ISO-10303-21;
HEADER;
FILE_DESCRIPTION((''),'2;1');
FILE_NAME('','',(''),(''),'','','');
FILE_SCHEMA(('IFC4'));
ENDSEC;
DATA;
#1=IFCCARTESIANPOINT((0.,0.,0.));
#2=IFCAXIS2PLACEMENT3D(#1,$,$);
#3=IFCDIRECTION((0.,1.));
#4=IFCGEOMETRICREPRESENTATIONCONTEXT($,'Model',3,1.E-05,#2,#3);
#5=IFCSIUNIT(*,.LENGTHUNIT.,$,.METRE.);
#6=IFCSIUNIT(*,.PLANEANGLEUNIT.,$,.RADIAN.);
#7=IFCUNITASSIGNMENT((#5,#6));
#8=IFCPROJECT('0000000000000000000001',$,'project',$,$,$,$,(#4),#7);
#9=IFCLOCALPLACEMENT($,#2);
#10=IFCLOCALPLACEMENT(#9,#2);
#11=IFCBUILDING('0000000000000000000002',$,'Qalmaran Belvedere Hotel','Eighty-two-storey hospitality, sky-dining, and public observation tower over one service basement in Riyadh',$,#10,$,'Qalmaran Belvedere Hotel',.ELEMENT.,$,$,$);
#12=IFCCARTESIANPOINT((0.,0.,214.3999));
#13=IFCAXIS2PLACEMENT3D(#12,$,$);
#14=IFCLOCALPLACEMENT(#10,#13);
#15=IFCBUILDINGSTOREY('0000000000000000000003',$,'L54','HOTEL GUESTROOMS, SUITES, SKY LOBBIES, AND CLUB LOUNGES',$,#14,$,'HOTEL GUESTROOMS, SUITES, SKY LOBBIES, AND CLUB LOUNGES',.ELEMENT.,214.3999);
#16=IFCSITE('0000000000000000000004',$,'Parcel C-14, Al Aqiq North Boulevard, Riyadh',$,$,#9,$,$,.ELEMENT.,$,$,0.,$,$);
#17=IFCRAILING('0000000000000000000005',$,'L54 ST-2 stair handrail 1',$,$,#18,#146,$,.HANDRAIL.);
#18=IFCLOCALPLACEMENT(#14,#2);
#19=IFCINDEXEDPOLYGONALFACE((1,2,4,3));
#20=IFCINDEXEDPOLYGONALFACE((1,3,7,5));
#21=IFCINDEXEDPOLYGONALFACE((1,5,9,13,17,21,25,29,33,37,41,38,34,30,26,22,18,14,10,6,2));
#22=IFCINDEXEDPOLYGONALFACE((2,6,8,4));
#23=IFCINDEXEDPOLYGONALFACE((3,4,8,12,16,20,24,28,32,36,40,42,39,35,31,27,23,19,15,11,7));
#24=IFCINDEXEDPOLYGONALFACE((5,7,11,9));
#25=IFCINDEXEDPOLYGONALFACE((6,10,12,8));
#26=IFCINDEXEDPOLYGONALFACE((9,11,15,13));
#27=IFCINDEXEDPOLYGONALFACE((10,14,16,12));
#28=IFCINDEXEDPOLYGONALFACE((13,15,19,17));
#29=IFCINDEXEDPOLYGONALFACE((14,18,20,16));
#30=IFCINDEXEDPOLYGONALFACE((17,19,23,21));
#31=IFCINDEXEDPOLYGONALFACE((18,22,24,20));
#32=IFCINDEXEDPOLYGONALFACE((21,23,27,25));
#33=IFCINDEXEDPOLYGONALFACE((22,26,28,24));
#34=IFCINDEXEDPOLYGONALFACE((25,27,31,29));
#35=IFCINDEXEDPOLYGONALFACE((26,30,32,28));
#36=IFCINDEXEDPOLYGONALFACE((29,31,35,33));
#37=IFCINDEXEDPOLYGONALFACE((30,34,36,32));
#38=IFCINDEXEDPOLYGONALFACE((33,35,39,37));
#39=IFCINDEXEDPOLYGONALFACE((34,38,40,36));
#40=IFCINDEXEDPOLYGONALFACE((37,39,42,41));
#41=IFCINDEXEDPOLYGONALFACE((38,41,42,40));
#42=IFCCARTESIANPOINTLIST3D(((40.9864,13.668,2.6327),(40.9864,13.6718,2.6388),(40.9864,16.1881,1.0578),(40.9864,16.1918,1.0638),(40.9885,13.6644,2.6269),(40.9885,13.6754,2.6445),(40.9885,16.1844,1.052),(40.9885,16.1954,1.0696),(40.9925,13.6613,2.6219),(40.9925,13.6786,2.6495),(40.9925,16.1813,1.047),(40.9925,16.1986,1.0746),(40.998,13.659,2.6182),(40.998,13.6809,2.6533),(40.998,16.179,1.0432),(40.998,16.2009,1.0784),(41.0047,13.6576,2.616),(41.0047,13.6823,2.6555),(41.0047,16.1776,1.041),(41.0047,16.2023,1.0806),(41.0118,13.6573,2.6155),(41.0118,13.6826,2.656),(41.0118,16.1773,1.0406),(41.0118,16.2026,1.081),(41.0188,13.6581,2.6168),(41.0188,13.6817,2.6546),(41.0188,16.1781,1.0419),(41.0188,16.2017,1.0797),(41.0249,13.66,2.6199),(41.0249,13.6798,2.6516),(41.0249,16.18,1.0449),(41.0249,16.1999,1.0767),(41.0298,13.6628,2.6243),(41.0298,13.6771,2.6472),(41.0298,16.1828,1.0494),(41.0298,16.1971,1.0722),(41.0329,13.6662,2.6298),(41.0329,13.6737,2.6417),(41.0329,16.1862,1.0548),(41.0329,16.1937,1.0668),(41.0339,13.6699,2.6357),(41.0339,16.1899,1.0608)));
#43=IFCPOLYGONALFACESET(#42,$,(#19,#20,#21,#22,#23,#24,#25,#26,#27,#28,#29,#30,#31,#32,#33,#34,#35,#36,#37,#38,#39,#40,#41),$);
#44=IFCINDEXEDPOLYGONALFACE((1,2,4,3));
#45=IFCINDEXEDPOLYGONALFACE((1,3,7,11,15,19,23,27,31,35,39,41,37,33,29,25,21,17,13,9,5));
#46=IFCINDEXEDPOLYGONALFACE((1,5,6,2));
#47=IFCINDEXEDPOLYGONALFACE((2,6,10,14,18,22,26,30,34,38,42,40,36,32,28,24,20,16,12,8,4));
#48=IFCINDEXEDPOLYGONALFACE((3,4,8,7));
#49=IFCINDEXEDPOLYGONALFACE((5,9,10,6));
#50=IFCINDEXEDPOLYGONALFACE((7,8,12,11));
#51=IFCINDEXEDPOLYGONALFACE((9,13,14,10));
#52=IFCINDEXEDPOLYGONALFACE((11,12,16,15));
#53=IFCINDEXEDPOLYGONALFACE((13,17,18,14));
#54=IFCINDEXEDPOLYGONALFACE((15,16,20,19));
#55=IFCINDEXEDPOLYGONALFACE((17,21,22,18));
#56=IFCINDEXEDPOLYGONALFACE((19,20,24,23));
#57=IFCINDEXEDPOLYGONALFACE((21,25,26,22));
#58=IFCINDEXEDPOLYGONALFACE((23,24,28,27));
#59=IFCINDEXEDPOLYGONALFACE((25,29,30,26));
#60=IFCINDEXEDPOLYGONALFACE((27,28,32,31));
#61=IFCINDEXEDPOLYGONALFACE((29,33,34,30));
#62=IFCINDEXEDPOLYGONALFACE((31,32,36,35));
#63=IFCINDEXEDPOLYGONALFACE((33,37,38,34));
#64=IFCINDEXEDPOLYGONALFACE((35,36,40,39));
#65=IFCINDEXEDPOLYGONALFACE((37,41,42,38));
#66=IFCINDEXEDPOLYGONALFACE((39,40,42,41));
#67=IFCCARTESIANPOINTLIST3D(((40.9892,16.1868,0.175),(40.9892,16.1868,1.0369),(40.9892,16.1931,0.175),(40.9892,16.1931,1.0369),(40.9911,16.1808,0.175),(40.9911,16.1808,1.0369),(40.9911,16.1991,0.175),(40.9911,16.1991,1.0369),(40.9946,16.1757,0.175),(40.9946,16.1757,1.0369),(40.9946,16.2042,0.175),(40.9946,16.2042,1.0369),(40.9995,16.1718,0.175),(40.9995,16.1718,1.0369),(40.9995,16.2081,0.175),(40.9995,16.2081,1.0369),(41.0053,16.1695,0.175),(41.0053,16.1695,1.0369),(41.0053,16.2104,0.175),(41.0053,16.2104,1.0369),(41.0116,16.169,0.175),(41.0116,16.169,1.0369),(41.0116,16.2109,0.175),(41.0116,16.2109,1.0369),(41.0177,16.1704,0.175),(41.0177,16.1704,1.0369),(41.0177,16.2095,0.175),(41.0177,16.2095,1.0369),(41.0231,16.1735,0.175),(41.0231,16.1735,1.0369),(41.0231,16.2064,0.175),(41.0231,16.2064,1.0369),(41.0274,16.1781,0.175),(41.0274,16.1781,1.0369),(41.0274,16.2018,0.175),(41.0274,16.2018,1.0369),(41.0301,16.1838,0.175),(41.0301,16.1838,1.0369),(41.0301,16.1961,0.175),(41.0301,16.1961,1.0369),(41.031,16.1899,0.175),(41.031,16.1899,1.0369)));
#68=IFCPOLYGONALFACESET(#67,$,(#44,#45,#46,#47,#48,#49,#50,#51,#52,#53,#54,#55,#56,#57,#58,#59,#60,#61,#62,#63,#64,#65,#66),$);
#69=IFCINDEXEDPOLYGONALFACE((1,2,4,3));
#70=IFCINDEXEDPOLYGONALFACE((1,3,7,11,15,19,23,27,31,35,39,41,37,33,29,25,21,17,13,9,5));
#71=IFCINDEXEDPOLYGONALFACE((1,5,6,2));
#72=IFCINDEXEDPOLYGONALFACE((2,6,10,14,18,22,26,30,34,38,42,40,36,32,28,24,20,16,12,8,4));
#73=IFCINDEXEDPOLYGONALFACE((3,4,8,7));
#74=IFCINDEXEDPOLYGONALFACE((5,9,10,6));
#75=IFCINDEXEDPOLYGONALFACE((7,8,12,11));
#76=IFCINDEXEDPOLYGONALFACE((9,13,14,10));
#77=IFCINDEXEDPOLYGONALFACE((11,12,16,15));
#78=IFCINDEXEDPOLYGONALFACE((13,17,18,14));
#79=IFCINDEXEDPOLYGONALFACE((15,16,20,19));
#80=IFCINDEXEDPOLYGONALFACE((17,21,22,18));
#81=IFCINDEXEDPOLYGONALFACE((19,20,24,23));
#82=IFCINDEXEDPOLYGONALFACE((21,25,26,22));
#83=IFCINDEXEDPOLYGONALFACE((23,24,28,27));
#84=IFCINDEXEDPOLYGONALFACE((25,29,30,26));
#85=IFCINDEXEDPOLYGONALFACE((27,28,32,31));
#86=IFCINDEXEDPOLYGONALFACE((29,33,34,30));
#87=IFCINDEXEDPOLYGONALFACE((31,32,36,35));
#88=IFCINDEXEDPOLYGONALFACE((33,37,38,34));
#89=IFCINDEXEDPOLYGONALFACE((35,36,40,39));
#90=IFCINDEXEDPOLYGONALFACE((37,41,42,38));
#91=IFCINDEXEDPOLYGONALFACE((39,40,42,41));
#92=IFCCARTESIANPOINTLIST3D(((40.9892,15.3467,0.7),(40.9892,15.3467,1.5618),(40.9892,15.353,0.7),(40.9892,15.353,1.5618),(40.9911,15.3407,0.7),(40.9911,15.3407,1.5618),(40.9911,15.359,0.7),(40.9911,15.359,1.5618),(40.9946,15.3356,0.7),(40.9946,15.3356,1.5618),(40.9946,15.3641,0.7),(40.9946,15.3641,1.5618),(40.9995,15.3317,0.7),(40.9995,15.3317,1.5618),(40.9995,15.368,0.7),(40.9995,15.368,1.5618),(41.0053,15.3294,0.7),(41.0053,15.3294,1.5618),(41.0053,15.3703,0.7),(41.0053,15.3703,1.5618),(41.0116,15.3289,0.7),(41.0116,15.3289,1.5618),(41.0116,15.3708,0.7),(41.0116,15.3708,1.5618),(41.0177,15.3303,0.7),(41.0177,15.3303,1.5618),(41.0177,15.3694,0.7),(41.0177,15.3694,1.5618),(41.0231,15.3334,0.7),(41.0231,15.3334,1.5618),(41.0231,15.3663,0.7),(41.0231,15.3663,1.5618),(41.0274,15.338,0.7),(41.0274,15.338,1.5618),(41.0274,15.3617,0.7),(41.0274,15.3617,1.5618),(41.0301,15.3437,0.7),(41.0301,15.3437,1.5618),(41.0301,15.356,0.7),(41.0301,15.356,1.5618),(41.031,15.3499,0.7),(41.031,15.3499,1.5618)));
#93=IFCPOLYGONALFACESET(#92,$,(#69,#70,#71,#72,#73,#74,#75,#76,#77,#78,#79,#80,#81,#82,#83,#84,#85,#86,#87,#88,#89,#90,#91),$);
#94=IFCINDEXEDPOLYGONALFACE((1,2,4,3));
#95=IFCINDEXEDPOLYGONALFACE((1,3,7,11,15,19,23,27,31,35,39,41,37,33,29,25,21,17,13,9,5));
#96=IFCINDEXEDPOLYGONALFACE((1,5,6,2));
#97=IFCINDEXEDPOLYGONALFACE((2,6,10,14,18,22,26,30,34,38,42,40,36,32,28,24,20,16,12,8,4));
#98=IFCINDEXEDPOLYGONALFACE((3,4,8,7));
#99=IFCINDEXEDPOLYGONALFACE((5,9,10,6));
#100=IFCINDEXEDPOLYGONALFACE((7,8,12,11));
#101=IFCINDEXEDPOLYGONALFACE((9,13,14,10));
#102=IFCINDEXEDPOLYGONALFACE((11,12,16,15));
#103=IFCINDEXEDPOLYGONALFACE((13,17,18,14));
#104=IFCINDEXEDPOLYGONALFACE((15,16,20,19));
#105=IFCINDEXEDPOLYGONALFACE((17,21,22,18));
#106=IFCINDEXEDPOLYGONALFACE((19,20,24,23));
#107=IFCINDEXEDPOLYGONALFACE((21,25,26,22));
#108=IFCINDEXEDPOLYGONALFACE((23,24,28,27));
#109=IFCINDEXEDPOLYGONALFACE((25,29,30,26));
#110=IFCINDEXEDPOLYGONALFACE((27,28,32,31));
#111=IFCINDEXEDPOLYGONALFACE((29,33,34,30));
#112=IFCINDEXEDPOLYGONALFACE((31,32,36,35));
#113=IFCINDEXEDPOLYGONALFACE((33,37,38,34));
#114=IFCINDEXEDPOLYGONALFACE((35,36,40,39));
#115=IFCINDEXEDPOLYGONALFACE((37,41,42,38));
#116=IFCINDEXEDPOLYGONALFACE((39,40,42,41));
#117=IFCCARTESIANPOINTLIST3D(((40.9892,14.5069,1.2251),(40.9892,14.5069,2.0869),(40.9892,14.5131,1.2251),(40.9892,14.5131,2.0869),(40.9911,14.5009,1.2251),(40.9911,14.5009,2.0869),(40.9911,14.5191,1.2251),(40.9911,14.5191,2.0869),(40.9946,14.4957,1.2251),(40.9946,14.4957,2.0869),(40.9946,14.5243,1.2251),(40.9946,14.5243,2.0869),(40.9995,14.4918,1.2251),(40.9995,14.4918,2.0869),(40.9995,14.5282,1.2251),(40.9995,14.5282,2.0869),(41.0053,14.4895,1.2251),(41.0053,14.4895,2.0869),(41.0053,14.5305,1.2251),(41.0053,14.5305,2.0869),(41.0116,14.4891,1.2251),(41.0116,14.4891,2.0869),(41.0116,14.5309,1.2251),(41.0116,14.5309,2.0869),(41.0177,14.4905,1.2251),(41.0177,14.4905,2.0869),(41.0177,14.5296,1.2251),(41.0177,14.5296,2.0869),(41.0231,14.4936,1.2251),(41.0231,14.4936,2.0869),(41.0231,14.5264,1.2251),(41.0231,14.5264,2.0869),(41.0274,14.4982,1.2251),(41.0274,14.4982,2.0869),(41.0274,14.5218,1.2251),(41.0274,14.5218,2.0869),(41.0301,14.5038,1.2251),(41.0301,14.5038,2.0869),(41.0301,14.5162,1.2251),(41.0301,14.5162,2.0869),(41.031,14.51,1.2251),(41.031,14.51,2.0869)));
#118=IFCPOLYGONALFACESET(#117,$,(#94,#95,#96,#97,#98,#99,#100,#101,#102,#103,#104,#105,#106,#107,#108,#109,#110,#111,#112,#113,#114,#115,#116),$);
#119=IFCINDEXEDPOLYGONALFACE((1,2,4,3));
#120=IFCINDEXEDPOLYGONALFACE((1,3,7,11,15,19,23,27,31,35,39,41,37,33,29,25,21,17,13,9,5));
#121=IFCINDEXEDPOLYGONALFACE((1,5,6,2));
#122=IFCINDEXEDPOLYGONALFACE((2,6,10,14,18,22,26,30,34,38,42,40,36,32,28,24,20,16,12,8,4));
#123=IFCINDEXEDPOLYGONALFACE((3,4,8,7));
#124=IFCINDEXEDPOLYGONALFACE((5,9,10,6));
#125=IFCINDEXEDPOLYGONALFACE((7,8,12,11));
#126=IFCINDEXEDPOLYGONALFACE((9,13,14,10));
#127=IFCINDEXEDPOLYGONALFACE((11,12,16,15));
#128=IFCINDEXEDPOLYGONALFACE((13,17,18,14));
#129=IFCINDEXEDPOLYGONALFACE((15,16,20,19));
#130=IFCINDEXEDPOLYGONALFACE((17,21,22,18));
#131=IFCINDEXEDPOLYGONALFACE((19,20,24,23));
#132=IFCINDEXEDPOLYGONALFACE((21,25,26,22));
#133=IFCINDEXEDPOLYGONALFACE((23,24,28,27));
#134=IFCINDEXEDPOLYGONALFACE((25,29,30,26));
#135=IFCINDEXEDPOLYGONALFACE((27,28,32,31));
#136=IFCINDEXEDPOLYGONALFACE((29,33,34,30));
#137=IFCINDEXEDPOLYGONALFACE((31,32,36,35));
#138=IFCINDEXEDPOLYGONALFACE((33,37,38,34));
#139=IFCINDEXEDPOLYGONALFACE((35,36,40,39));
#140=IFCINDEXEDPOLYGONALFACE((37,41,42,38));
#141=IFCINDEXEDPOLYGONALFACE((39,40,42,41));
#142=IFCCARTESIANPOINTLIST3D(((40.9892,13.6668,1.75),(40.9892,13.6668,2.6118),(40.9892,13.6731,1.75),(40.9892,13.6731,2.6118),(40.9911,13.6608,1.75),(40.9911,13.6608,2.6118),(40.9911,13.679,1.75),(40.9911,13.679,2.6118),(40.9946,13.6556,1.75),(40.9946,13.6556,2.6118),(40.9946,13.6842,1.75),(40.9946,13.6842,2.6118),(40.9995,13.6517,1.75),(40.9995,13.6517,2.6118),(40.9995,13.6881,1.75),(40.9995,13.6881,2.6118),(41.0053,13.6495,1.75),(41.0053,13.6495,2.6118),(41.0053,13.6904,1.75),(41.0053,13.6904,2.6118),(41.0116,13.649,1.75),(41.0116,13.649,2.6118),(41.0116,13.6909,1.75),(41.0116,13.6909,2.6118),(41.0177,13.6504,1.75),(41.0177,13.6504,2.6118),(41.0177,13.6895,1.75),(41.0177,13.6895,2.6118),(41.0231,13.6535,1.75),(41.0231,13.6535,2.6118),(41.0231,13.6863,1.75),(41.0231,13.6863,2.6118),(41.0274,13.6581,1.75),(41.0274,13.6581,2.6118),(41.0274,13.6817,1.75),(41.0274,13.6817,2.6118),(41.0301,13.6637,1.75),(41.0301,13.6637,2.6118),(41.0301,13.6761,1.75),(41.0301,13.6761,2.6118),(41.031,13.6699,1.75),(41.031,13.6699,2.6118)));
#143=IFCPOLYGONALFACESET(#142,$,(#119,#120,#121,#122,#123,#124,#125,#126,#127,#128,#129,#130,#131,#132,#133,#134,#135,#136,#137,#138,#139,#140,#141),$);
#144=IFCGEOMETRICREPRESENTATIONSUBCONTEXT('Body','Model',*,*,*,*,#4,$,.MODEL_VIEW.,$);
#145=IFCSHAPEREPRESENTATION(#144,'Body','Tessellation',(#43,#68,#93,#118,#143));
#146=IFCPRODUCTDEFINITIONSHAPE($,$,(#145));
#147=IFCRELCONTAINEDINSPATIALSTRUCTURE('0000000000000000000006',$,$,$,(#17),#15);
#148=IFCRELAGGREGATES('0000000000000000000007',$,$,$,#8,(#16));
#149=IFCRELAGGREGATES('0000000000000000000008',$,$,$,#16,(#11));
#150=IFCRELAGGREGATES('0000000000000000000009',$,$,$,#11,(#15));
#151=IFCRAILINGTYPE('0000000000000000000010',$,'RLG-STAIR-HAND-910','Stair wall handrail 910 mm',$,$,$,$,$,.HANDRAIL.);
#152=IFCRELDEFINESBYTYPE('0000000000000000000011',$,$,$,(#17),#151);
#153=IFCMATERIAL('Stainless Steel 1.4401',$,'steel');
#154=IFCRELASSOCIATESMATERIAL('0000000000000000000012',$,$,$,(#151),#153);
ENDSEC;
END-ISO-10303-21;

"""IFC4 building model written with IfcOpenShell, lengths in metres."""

from ifc_helpers import new_model, si_unit, direction, frame, origin, origin_2d, place, context, subcontext, project, spatial, circle, extrude, material, type_object, element, save


model = new_model("IFC4")

# Units and contexts
model_context = context("Model", 3, precision=1e-05, world=origin(), true_north=direction((0.0, 1.0)))
body_context = subcontext(model_context, "Body", "Model", "MODEL_VIEW")
ifc_project = project(units=[si_unit("LENGTHUNIT", "METRE"), si_unit("PLANEANGLEUNIT", "RADIAN")], contexts=[model_context])

# Site, building, storey
site_placement = place(None, origin())
site = spatial("IfcSite", under=ifc_project, at=site_placement, Name="Parcel C-14, Al Aqiq North Boulevard, Riyadh", CompositionType="ELEMENT", RefElevation=0.0)
building_placement = place(site_placement, origin())
building = spatial("IfcBuilding", under=site, at=building_placement, Name="Qalmaran Belvedere Hotel", Description="Eighty-two-storey hospitality, sky-dining, and public observation tower over one service basement in Riyadh", LongName="Qalmaran Belvedere Hotel", CompositionType="ELEMENT")
storey_placement = place(building_placement, frame((0.0, 0.0, 214.3999)))
storey = spatial("IfcBuildingStorey", under=building, at=storey_placement, Name="L54", Description="HOTEL GUESTROOMS, SUITES, SKY LOBBIES, AND CLUB LOUNGES", LongName="HOTEL GUESTROOMS, SUITES, SKY LOBBIES, AND CLUB LOUNGES", CompositionType="ELEMENT", Elevation=214.3999)

# Shared definitions
ifc_material_1 = material(Name="Stainless Steel 1.4401", Category="steel")

# Railing
railing_type = type_object("IfcRailingType", Name="RLG-STAIR-HAND-910", Description="Stair wall handrail 910 mm", PredefinedType="HANDRAIL", material=ifc_material_1)
railing_placement = place(storey_placement, frame((41.01, 16.1899, 0.175)))
element("IfcRailing", 1, at=railing_placement, inside=storey, type_object=railing_type, Name="L54 ST-2 stair handrail 1", PredefinedType="HANDRAIL", context=body_context, shape_type="SweptSolid", body=[
    extrude(circle(Radius=0.0239, at=origin_2d()), frame((0.0, 0.0, 0.8857), z_axis=(0.0, -0.848008, 0.529984), x_axis=(1.0, 0.0, 0.0)), (0.0, 0.0, 1.0), 2.9717),
    extrude(circle(Radius=0.021, at=origin_2d()), origin(), (0.0, 0.0, 1.0), 0.8618),
    extrude(circle(Radius=0.021, at=origin_2d()), frame((0.0, -0.8401, 0.5249)), (0.0, 0.0, 1.0), 0.8618),
    extrude(circle(Radius=0.021, at=origin_2d()), frame((0.0, -1.6799, 1.05)), (0.0, 0.0, 1.0), 0.8618),
    extrude(circle(Radius=0.021, at=origin_2d()), frame((0.0, -2.52, 1.575)), (0.0, 0.0, 1.0), 0.8618),
])

save(model, "model.ifc")
